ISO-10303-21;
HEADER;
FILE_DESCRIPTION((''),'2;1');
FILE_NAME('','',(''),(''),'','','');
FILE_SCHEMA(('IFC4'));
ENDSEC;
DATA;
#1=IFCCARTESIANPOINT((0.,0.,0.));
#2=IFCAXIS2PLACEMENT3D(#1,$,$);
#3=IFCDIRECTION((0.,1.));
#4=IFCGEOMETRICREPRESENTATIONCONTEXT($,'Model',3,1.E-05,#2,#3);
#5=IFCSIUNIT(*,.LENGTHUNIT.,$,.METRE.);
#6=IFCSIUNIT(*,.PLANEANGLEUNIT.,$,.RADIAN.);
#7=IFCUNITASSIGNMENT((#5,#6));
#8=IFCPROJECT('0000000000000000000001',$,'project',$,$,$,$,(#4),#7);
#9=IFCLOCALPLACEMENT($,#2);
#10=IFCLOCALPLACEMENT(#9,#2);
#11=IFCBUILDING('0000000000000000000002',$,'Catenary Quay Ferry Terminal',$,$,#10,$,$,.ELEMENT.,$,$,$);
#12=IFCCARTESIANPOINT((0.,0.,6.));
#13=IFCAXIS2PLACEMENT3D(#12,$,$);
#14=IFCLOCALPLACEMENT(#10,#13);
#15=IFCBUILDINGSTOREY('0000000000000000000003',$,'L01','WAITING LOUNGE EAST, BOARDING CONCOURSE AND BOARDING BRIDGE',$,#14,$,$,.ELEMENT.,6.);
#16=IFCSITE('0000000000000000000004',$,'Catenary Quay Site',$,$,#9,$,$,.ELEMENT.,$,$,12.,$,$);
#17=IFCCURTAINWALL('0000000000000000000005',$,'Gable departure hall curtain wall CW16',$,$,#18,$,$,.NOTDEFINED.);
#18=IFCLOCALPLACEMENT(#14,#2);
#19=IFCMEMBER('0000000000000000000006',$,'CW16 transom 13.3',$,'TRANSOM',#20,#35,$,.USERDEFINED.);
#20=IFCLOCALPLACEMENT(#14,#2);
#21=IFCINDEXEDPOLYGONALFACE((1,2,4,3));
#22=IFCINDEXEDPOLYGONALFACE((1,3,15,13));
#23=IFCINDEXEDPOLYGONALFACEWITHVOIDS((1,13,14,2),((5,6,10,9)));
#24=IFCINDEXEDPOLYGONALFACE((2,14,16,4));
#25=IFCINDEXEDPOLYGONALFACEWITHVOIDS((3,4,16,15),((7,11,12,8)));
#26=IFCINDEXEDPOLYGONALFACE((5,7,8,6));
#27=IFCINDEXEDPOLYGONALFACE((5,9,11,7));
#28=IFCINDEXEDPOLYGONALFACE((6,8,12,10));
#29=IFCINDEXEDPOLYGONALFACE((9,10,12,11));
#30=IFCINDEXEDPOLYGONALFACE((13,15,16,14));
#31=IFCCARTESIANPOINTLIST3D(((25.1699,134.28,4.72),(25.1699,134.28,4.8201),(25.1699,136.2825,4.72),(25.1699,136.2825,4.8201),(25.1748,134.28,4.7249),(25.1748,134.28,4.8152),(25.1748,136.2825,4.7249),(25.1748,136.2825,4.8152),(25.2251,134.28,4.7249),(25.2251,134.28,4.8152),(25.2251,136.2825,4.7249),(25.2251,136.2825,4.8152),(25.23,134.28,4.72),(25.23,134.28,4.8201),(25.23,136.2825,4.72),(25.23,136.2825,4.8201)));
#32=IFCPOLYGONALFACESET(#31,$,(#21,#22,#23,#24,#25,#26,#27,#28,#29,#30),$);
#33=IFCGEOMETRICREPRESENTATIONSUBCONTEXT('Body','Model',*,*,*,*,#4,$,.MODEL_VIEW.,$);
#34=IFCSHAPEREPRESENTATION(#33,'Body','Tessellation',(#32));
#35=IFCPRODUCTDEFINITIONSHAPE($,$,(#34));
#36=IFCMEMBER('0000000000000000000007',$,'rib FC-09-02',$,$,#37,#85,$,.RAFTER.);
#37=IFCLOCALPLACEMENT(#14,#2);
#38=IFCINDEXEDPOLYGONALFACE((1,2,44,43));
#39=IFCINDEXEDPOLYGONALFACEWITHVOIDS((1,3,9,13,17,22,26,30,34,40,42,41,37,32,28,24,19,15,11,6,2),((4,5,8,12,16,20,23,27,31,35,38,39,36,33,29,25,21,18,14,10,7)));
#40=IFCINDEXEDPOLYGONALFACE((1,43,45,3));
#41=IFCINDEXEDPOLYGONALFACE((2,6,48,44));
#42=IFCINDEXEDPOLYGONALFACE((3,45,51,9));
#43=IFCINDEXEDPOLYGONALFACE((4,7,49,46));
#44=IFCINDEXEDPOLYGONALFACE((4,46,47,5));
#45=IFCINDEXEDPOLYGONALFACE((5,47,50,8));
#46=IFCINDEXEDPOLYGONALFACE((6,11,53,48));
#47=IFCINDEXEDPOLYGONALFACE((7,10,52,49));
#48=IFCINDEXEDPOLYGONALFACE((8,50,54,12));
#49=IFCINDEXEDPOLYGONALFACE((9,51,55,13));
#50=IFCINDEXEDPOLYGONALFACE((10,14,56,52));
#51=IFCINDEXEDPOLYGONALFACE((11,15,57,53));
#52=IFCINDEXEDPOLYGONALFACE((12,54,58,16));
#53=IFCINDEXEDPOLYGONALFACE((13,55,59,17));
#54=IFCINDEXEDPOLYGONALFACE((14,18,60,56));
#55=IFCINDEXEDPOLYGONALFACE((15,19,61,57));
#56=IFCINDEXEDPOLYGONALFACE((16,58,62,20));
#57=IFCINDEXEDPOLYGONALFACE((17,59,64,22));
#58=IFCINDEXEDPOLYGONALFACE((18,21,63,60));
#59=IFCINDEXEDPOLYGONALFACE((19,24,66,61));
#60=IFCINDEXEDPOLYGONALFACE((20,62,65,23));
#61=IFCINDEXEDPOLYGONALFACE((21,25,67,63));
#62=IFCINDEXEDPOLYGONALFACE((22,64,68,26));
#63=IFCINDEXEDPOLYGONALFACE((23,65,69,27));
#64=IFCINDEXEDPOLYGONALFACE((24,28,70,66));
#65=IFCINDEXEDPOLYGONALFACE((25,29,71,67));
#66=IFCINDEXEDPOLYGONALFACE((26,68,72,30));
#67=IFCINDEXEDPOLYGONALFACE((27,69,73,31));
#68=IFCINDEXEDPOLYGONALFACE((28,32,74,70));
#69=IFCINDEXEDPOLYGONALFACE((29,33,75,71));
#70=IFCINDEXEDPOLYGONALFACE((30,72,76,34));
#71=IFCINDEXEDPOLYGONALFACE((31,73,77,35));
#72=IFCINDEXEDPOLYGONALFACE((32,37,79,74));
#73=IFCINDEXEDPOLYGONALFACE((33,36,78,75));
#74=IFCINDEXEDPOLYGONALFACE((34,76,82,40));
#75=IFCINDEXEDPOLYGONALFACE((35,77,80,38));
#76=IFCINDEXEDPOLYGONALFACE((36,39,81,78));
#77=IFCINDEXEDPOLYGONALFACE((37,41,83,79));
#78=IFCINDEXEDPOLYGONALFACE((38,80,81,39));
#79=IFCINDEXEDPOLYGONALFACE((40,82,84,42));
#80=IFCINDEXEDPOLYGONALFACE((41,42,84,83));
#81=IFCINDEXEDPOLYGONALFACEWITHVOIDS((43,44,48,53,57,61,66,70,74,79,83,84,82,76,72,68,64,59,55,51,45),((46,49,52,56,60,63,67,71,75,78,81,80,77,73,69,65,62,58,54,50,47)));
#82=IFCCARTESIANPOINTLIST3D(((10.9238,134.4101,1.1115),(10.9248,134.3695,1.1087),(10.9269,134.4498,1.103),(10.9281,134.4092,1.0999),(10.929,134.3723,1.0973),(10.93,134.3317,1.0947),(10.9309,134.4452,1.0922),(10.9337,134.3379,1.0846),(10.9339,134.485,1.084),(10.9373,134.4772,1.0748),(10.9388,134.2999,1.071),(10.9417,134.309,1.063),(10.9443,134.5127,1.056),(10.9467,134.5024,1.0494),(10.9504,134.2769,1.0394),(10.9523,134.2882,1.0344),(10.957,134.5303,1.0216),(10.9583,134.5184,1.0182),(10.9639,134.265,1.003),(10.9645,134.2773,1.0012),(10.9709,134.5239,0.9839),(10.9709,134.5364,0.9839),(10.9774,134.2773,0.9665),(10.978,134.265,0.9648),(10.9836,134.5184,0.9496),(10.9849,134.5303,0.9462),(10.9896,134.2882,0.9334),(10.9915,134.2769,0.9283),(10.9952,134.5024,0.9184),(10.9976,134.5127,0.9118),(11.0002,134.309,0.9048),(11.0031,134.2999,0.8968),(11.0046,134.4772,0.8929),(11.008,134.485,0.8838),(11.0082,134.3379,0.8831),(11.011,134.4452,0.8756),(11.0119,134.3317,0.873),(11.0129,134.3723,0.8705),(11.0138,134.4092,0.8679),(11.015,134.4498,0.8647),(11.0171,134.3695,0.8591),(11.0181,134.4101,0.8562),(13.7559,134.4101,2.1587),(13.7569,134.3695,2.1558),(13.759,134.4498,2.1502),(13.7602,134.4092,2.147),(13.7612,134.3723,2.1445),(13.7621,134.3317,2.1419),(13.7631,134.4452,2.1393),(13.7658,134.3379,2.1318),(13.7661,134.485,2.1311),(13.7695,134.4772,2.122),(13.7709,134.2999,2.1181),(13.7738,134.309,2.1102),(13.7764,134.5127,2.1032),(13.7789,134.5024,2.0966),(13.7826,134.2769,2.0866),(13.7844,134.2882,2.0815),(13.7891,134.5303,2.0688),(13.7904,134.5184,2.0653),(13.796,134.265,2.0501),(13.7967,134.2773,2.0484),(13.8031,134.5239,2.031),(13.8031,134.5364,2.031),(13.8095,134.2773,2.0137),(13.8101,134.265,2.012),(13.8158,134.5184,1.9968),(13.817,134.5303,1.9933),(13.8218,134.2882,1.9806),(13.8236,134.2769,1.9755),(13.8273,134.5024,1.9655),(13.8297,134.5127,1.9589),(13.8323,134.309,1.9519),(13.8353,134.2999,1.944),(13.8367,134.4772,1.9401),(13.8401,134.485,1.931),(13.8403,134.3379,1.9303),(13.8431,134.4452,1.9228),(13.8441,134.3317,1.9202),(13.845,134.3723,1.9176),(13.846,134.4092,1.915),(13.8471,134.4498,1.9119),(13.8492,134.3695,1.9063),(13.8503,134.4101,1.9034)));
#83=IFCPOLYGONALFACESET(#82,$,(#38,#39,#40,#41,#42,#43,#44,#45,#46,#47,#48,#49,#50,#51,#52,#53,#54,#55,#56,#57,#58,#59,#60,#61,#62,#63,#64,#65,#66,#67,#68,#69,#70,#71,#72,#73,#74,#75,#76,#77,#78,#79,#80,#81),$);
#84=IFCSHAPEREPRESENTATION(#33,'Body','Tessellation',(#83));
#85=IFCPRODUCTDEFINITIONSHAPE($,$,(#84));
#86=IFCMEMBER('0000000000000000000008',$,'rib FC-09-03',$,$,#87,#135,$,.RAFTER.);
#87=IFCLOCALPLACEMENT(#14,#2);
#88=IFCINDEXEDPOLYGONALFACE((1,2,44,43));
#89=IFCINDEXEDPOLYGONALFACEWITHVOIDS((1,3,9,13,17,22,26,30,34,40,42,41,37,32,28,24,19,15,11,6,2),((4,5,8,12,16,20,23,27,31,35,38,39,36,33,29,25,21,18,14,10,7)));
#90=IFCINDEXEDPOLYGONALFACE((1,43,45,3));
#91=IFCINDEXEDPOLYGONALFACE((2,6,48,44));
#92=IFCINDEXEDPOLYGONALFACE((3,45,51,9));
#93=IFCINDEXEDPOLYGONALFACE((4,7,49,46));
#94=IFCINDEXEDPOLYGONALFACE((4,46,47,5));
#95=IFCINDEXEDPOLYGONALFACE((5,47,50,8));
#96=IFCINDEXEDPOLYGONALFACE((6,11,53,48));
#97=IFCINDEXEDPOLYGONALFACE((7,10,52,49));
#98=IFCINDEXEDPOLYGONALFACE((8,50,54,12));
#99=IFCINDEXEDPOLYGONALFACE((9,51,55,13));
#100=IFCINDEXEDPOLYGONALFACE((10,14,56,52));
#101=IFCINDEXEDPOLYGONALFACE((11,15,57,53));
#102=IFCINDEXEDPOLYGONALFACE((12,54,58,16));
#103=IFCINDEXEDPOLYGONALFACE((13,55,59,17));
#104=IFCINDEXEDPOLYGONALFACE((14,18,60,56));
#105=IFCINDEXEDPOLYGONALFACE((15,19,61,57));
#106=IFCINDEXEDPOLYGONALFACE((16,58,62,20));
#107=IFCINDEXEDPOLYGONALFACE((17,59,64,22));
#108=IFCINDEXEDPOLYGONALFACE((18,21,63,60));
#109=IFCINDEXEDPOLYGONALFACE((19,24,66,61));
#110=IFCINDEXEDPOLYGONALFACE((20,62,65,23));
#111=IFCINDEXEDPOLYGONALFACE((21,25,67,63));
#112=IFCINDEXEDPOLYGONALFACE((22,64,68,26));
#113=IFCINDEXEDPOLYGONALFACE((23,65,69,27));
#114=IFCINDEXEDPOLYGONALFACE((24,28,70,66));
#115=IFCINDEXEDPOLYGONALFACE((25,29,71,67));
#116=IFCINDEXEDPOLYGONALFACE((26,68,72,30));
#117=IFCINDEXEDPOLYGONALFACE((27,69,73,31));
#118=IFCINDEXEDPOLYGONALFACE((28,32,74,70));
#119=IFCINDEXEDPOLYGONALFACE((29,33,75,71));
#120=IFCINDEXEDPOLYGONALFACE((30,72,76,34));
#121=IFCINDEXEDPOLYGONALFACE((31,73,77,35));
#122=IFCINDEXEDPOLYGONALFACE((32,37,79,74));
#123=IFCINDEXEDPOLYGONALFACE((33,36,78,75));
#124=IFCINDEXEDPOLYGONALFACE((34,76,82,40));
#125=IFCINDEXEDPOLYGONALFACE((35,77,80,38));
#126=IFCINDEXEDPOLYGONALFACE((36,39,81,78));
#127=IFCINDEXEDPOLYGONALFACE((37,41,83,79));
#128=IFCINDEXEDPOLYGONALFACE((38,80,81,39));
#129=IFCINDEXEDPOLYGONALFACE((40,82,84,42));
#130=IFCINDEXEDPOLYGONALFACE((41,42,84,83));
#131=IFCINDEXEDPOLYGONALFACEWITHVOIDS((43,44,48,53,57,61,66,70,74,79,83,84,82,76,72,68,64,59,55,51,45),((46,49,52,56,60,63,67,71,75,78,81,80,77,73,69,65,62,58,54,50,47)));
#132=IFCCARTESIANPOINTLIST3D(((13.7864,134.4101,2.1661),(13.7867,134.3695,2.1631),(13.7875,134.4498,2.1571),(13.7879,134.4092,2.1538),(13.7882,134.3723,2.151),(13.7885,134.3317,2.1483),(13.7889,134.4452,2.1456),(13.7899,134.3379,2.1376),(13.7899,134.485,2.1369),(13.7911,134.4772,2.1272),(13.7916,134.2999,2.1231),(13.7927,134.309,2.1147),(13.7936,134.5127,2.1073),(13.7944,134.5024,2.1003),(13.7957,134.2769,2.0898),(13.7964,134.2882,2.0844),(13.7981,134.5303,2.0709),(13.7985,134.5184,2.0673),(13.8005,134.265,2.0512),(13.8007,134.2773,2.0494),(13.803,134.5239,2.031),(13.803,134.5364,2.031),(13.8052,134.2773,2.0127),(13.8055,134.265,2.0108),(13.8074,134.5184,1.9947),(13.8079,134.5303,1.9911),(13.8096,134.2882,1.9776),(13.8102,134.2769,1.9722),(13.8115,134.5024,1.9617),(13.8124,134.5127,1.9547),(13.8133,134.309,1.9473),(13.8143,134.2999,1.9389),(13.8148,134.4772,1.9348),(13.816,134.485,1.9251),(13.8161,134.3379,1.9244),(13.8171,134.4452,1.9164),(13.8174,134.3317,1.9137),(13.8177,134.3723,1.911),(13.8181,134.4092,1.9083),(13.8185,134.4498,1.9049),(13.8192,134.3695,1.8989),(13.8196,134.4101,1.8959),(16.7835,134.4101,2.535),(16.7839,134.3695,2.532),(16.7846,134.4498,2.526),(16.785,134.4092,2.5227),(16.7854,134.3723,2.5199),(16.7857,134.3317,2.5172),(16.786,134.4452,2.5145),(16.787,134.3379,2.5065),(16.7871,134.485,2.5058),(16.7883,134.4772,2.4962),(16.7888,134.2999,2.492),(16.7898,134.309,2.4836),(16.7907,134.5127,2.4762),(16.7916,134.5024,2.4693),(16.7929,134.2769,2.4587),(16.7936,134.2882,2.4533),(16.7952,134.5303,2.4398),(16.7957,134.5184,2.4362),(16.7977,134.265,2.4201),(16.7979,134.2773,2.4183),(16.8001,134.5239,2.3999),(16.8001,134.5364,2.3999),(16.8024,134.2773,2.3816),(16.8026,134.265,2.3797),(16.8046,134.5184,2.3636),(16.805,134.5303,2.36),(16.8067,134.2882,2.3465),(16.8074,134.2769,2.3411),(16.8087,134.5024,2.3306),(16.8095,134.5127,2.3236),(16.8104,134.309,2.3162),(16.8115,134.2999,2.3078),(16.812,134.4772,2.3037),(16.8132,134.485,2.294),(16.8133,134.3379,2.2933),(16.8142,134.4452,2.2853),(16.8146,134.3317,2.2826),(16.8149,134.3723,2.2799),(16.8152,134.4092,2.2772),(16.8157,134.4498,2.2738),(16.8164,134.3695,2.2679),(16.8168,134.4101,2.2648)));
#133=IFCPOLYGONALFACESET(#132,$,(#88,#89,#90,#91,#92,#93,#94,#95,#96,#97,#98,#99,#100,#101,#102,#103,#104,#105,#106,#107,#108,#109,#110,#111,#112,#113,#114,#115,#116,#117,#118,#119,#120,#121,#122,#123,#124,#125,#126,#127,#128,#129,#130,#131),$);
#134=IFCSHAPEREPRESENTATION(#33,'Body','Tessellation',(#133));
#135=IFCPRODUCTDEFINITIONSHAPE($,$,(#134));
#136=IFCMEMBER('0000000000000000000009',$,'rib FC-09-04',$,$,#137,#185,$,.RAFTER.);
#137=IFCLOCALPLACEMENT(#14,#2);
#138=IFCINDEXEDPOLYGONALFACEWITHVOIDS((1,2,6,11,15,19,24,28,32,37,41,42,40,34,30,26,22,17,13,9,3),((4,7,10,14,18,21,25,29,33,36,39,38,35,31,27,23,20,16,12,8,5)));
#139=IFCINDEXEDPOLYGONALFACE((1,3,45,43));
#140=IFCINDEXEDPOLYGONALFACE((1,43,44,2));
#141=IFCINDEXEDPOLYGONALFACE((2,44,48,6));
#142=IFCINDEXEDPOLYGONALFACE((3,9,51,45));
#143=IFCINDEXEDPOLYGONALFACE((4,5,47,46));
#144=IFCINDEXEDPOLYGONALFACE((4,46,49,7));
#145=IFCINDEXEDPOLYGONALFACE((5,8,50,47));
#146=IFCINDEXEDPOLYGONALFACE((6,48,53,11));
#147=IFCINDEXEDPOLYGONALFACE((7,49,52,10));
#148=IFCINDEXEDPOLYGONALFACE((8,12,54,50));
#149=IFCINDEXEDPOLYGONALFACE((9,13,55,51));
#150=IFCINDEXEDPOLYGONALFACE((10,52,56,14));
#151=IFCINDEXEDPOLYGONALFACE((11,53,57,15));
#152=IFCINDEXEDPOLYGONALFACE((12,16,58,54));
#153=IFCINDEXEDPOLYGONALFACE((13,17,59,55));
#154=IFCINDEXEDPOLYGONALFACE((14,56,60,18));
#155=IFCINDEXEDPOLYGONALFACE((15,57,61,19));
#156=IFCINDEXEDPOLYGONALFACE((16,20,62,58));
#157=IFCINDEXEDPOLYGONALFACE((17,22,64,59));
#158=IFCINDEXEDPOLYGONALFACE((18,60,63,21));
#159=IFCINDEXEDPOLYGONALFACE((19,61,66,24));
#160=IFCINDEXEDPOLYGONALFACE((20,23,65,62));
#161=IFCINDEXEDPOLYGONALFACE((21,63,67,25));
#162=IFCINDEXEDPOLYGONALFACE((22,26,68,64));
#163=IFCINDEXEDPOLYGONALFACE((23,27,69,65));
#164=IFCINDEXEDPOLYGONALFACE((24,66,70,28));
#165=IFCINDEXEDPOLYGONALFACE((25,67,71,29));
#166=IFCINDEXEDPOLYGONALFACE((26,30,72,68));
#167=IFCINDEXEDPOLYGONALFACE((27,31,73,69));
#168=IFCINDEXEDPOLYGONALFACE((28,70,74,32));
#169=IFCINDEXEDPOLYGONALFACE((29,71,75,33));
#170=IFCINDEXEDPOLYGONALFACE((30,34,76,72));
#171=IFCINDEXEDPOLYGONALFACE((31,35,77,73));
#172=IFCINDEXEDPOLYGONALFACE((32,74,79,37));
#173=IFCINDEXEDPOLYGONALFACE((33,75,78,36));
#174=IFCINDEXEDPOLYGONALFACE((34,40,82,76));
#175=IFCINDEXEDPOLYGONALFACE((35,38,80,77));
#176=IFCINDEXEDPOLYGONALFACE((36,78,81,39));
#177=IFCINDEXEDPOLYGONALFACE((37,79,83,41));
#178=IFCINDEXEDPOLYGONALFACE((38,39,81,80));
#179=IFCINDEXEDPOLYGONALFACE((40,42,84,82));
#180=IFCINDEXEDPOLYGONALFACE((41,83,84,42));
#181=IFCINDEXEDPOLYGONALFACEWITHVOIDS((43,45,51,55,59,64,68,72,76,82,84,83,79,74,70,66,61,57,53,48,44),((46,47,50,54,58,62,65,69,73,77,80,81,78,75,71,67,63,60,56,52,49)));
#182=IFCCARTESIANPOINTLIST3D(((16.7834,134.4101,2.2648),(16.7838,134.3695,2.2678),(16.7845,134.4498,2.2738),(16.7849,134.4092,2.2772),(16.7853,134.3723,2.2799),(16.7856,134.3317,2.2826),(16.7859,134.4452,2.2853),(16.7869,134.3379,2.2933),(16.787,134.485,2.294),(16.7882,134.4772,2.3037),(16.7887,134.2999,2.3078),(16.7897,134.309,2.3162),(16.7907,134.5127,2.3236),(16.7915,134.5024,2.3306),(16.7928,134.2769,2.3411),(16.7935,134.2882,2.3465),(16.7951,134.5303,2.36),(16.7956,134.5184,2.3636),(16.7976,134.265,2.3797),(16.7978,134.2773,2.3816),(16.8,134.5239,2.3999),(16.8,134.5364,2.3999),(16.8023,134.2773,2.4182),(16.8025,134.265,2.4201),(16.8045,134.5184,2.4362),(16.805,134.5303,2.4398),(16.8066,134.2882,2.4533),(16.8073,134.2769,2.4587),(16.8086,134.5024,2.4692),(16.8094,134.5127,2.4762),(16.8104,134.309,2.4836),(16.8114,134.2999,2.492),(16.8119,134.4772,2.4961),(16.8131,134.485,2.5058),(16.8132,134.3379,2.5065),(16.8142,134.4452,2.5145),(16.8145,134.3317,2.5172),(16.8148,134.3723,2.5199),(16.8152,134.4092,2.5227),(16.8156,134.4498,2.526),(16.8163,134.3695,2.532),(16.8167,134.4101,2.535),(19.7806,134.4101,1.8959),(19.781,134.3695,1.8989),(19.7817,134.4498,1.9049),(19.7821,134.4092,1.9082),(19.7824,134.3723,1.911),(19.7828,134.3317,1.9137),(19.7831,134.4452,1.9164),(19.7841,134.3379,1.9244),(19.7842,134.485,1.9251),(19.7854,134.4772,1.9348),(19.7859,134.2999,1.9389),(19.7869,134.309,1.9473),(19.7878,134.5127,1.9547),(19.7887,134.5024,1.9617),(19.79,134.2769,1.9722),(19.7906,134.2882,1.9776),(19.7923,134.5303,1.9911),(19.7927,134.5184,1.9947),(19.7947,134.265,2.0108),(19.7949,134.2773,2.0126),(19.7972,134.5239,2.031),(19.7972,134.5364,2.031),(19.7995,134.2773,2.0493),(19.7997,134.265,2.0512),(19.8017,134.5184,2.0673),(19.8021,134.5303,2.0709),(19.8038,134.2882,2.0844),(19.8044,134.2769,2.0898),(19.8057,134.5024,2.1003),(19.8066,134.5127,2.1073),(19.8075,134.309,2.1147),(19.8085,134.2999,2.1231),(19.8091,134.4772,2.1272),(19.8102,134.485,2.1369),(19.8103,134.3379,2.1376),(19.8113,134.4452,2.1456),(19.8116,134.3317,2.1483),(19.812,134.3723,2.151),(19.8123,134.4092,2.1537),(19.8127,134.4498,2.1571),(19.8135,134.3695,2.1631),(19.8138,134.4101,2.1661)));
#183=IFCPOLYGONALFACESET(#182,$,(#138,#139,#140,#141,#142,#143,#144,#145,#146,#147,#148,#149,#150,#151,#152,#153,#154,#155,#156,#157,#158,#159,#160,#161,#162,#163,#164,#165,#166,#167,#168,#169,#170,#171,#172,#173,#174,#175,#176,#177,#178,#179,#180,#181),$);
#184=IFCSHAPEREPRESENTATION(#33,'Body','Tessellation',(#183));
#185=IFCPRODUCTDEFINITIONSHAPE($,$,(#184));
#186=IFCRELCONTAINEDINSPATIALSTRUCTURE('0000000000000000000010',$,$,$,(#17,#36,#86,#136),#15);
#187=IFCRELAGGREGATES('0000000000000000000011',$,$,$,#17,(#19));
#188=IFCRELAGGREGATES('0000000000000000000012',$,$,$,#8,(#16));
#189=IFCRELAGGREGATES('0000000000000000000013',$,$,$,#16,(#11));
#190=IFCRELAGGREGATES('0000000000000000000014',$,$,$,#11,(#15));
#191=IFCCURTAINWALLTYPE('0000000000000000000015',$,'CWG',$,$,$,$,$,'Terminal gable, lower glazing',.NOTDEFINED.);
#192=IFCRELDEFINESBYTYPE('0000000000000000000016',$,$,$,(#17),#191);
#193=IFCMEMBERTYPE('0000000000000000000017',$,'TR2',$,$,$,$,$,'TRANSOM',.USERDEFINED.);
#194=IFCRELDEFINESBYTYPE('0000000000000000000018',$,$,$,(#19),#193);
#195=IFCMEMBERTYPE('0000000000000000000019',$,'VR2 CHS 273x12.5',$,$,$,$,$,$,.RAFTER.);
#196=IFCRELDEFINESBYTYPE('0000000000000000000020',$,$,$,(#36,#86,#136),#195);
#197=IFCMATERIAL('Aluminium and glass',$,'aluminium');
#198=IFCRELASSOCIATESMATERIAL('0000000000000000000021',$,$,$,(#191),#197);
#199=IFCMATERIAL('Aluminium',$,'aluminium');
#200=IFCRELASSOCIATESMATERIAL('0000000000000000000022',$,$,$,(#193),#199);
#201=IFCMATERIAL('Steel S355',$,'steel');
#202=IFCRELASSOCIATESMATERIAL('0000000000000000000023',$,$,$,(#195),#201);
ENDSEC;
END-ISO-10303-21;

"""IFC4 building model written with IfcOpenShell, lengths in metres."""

from ifc_helpers import new_model, si_unit, direction, frame, origin, origin_2d, place, context, subcontext, project, spatial, hollow_rectangle, hollow_circle, extrude, material, material_profile, profile_set, type_object, element, aggregate, save


model = new_model("IFC4")

# Units and contexts
model_context = context("Model", 3, precision=1e-05, world=origin(), true_north=direction((0.0, 1.0)))
body_context = subcontext(model_context, "Body", "Model", "MODEL_VIEW")
ifc_project = project(units=[si_unit("LENGTHUNIT", "METRE"), si_unit("PLANEANGLEUNIT", "RADIAN")], contexts=[model_context])

# Site, building, storey
site_placement = place(None, origin())
site = spatial("IfcSite", under=ifc_project, at=site_placement, Name="Catenary Quay Site", CompositionType="ELEMENT", RefElevation=12.0)
building_placement = place(site_placement, origin())
building = spatial("IfcBuilding", under=site, at=building_placement, Name="Catenary Quay Ferry Terminal", CompositionType="ELEMENT")
storey_placement = place(building_placement, frame((0.0, 0.0, 6.0)))
storey = spatial("IfcBuildingStorey", under=building, at=storey_placement, Name="L01", Description="WAITING LOUNGE EAST, BOARDING CONCOURSE AND BOARDING BRIDGE", CompositionType="ELEMENT", Elevation=6.0)

# Curtain wall
ifc_material_1 = material(Name="Aluminium and glass", Category="aluminium")
curtain_wall_type = type_object("IfcCurtainWallType", Name="CWG", ElementType="Terminal gable, lower glazing", PredefinedType="NOTDEFINED", material=ifc_material_1)
curtain_wall_placement = place(storey_placement, origin())
curtain_wall = element("IfcCurtainWall", 1, at=curtain_wall_placement, inside=storey, type_object=curtain_wall_type, Name="Gable departure hall curtain wall CW16", PredefinedType="NOTDEFINED")

# Member
ifc_material_2 = material(Name="Aluminium", Category="aluminium")
ifc_material_profile_1 = material_profile(ifc_material_2, hollow_rectangle(XDim=0.0601, YDim=0.1001, WallThickness=0.0049, at=origin_2d()), Name="TR2")
ifc_profile_set_1 = profile_set([ifc_material_profile_1], Name="Aluminium")
member_type_1 = type_object("IfcMemberType", Name="TR2", ElementType="TRANSOM", PredefinedType="USERDEFINED", material=ifc_profile_set_1)
member_1_placement = place(storey_placement, frame((25.2, 134.28, 4.77), z_axis=(0.0, 1.0, 0.0), x_axis=(-1.0, 0.0, 0.0)))
member_1 = element("IfcMember", 2, at=member_1_placement, type_object=member_type_1, Name="CW16 transom 13.3", ObjectType="TRANSOM", PredefinedType="USERDEFINED", context=body_context, shape_type="SweptSolid", body=[
    extrude(hollow_rectangle(XDim=0.0601, YDim=0.1001, WallThickness=0.0049, at=origin_2d()), origin(), (0.0, 0.0, 1.0), 2.0024),
])

# Members
ifc_material_3 = material(Name="Steel S355", Category="steel")
ifc_material_profile_2 = material_profile(ifc_material_3, hollow_circle(Radius=0.1365, WallThickness=0.0125, at=origin_2d()), Name="CHS 273x12.5")
ifc_profile_set_2 = profile_set([ifc_material_profile_2], Name="Steel S355")
member_type_2 = type_object("IfcMemberType", Name="VR2 CHS 273x12.5", PredefinedType="RAFTER", material=ifc_profile_set_2)
member_2_placement = place(storey_placement, frame((10.9709, 134.3999, 0.9839), z_axis=(0.937941, 0.0, 0.346796), x_axis=(0.0, 1.0, 0.0)))
element("IfcMember", 3, at=member_2_placement, inside=storey, type_object=member_type_2, Name="rib FC-09-02", PredefinedType="RAFTER", context=body_context, shape_type="SweptSolid", body=[
    extrude(hollow_circle(Radius=0.1365, WallThickness=0.0125, at=origin_2d()), origin(), (0.0, 0.0, 1.0), 3.0195),
])
for number, where, z_axis, x_axis, name in (
    (4, (13.803, 134.3999, 2.031), (0.99251, 0.0, 0.122164), (0.0, 1.0, 0.0), "rib FC-09-03"),
    (5, (16.8, 134.3999, 2.3999), (0.99251, 0.0, -0.122164), (0.0, 1.0, 0.0), "rib FC-09-04"),
):
    element("IfcMember", number, at=place(storey_placement, frame(where, z_axis=z_axis, x_axis=x_axis)), inside=storey, type_object=member_type_2, Name=name, PredefinedType="RAFTER", context=body_context, shape_type="SweptSolid", body=[
        extrude(hollow_circle(Radius=0.1365, WallThickness=0.0125, at=origin_2d()), origin(), (0.0, 0.0, 1.0), 3.0198),
    ])

aggregate(curtain_wall, [member_1])

save(model, "model.ifc")
